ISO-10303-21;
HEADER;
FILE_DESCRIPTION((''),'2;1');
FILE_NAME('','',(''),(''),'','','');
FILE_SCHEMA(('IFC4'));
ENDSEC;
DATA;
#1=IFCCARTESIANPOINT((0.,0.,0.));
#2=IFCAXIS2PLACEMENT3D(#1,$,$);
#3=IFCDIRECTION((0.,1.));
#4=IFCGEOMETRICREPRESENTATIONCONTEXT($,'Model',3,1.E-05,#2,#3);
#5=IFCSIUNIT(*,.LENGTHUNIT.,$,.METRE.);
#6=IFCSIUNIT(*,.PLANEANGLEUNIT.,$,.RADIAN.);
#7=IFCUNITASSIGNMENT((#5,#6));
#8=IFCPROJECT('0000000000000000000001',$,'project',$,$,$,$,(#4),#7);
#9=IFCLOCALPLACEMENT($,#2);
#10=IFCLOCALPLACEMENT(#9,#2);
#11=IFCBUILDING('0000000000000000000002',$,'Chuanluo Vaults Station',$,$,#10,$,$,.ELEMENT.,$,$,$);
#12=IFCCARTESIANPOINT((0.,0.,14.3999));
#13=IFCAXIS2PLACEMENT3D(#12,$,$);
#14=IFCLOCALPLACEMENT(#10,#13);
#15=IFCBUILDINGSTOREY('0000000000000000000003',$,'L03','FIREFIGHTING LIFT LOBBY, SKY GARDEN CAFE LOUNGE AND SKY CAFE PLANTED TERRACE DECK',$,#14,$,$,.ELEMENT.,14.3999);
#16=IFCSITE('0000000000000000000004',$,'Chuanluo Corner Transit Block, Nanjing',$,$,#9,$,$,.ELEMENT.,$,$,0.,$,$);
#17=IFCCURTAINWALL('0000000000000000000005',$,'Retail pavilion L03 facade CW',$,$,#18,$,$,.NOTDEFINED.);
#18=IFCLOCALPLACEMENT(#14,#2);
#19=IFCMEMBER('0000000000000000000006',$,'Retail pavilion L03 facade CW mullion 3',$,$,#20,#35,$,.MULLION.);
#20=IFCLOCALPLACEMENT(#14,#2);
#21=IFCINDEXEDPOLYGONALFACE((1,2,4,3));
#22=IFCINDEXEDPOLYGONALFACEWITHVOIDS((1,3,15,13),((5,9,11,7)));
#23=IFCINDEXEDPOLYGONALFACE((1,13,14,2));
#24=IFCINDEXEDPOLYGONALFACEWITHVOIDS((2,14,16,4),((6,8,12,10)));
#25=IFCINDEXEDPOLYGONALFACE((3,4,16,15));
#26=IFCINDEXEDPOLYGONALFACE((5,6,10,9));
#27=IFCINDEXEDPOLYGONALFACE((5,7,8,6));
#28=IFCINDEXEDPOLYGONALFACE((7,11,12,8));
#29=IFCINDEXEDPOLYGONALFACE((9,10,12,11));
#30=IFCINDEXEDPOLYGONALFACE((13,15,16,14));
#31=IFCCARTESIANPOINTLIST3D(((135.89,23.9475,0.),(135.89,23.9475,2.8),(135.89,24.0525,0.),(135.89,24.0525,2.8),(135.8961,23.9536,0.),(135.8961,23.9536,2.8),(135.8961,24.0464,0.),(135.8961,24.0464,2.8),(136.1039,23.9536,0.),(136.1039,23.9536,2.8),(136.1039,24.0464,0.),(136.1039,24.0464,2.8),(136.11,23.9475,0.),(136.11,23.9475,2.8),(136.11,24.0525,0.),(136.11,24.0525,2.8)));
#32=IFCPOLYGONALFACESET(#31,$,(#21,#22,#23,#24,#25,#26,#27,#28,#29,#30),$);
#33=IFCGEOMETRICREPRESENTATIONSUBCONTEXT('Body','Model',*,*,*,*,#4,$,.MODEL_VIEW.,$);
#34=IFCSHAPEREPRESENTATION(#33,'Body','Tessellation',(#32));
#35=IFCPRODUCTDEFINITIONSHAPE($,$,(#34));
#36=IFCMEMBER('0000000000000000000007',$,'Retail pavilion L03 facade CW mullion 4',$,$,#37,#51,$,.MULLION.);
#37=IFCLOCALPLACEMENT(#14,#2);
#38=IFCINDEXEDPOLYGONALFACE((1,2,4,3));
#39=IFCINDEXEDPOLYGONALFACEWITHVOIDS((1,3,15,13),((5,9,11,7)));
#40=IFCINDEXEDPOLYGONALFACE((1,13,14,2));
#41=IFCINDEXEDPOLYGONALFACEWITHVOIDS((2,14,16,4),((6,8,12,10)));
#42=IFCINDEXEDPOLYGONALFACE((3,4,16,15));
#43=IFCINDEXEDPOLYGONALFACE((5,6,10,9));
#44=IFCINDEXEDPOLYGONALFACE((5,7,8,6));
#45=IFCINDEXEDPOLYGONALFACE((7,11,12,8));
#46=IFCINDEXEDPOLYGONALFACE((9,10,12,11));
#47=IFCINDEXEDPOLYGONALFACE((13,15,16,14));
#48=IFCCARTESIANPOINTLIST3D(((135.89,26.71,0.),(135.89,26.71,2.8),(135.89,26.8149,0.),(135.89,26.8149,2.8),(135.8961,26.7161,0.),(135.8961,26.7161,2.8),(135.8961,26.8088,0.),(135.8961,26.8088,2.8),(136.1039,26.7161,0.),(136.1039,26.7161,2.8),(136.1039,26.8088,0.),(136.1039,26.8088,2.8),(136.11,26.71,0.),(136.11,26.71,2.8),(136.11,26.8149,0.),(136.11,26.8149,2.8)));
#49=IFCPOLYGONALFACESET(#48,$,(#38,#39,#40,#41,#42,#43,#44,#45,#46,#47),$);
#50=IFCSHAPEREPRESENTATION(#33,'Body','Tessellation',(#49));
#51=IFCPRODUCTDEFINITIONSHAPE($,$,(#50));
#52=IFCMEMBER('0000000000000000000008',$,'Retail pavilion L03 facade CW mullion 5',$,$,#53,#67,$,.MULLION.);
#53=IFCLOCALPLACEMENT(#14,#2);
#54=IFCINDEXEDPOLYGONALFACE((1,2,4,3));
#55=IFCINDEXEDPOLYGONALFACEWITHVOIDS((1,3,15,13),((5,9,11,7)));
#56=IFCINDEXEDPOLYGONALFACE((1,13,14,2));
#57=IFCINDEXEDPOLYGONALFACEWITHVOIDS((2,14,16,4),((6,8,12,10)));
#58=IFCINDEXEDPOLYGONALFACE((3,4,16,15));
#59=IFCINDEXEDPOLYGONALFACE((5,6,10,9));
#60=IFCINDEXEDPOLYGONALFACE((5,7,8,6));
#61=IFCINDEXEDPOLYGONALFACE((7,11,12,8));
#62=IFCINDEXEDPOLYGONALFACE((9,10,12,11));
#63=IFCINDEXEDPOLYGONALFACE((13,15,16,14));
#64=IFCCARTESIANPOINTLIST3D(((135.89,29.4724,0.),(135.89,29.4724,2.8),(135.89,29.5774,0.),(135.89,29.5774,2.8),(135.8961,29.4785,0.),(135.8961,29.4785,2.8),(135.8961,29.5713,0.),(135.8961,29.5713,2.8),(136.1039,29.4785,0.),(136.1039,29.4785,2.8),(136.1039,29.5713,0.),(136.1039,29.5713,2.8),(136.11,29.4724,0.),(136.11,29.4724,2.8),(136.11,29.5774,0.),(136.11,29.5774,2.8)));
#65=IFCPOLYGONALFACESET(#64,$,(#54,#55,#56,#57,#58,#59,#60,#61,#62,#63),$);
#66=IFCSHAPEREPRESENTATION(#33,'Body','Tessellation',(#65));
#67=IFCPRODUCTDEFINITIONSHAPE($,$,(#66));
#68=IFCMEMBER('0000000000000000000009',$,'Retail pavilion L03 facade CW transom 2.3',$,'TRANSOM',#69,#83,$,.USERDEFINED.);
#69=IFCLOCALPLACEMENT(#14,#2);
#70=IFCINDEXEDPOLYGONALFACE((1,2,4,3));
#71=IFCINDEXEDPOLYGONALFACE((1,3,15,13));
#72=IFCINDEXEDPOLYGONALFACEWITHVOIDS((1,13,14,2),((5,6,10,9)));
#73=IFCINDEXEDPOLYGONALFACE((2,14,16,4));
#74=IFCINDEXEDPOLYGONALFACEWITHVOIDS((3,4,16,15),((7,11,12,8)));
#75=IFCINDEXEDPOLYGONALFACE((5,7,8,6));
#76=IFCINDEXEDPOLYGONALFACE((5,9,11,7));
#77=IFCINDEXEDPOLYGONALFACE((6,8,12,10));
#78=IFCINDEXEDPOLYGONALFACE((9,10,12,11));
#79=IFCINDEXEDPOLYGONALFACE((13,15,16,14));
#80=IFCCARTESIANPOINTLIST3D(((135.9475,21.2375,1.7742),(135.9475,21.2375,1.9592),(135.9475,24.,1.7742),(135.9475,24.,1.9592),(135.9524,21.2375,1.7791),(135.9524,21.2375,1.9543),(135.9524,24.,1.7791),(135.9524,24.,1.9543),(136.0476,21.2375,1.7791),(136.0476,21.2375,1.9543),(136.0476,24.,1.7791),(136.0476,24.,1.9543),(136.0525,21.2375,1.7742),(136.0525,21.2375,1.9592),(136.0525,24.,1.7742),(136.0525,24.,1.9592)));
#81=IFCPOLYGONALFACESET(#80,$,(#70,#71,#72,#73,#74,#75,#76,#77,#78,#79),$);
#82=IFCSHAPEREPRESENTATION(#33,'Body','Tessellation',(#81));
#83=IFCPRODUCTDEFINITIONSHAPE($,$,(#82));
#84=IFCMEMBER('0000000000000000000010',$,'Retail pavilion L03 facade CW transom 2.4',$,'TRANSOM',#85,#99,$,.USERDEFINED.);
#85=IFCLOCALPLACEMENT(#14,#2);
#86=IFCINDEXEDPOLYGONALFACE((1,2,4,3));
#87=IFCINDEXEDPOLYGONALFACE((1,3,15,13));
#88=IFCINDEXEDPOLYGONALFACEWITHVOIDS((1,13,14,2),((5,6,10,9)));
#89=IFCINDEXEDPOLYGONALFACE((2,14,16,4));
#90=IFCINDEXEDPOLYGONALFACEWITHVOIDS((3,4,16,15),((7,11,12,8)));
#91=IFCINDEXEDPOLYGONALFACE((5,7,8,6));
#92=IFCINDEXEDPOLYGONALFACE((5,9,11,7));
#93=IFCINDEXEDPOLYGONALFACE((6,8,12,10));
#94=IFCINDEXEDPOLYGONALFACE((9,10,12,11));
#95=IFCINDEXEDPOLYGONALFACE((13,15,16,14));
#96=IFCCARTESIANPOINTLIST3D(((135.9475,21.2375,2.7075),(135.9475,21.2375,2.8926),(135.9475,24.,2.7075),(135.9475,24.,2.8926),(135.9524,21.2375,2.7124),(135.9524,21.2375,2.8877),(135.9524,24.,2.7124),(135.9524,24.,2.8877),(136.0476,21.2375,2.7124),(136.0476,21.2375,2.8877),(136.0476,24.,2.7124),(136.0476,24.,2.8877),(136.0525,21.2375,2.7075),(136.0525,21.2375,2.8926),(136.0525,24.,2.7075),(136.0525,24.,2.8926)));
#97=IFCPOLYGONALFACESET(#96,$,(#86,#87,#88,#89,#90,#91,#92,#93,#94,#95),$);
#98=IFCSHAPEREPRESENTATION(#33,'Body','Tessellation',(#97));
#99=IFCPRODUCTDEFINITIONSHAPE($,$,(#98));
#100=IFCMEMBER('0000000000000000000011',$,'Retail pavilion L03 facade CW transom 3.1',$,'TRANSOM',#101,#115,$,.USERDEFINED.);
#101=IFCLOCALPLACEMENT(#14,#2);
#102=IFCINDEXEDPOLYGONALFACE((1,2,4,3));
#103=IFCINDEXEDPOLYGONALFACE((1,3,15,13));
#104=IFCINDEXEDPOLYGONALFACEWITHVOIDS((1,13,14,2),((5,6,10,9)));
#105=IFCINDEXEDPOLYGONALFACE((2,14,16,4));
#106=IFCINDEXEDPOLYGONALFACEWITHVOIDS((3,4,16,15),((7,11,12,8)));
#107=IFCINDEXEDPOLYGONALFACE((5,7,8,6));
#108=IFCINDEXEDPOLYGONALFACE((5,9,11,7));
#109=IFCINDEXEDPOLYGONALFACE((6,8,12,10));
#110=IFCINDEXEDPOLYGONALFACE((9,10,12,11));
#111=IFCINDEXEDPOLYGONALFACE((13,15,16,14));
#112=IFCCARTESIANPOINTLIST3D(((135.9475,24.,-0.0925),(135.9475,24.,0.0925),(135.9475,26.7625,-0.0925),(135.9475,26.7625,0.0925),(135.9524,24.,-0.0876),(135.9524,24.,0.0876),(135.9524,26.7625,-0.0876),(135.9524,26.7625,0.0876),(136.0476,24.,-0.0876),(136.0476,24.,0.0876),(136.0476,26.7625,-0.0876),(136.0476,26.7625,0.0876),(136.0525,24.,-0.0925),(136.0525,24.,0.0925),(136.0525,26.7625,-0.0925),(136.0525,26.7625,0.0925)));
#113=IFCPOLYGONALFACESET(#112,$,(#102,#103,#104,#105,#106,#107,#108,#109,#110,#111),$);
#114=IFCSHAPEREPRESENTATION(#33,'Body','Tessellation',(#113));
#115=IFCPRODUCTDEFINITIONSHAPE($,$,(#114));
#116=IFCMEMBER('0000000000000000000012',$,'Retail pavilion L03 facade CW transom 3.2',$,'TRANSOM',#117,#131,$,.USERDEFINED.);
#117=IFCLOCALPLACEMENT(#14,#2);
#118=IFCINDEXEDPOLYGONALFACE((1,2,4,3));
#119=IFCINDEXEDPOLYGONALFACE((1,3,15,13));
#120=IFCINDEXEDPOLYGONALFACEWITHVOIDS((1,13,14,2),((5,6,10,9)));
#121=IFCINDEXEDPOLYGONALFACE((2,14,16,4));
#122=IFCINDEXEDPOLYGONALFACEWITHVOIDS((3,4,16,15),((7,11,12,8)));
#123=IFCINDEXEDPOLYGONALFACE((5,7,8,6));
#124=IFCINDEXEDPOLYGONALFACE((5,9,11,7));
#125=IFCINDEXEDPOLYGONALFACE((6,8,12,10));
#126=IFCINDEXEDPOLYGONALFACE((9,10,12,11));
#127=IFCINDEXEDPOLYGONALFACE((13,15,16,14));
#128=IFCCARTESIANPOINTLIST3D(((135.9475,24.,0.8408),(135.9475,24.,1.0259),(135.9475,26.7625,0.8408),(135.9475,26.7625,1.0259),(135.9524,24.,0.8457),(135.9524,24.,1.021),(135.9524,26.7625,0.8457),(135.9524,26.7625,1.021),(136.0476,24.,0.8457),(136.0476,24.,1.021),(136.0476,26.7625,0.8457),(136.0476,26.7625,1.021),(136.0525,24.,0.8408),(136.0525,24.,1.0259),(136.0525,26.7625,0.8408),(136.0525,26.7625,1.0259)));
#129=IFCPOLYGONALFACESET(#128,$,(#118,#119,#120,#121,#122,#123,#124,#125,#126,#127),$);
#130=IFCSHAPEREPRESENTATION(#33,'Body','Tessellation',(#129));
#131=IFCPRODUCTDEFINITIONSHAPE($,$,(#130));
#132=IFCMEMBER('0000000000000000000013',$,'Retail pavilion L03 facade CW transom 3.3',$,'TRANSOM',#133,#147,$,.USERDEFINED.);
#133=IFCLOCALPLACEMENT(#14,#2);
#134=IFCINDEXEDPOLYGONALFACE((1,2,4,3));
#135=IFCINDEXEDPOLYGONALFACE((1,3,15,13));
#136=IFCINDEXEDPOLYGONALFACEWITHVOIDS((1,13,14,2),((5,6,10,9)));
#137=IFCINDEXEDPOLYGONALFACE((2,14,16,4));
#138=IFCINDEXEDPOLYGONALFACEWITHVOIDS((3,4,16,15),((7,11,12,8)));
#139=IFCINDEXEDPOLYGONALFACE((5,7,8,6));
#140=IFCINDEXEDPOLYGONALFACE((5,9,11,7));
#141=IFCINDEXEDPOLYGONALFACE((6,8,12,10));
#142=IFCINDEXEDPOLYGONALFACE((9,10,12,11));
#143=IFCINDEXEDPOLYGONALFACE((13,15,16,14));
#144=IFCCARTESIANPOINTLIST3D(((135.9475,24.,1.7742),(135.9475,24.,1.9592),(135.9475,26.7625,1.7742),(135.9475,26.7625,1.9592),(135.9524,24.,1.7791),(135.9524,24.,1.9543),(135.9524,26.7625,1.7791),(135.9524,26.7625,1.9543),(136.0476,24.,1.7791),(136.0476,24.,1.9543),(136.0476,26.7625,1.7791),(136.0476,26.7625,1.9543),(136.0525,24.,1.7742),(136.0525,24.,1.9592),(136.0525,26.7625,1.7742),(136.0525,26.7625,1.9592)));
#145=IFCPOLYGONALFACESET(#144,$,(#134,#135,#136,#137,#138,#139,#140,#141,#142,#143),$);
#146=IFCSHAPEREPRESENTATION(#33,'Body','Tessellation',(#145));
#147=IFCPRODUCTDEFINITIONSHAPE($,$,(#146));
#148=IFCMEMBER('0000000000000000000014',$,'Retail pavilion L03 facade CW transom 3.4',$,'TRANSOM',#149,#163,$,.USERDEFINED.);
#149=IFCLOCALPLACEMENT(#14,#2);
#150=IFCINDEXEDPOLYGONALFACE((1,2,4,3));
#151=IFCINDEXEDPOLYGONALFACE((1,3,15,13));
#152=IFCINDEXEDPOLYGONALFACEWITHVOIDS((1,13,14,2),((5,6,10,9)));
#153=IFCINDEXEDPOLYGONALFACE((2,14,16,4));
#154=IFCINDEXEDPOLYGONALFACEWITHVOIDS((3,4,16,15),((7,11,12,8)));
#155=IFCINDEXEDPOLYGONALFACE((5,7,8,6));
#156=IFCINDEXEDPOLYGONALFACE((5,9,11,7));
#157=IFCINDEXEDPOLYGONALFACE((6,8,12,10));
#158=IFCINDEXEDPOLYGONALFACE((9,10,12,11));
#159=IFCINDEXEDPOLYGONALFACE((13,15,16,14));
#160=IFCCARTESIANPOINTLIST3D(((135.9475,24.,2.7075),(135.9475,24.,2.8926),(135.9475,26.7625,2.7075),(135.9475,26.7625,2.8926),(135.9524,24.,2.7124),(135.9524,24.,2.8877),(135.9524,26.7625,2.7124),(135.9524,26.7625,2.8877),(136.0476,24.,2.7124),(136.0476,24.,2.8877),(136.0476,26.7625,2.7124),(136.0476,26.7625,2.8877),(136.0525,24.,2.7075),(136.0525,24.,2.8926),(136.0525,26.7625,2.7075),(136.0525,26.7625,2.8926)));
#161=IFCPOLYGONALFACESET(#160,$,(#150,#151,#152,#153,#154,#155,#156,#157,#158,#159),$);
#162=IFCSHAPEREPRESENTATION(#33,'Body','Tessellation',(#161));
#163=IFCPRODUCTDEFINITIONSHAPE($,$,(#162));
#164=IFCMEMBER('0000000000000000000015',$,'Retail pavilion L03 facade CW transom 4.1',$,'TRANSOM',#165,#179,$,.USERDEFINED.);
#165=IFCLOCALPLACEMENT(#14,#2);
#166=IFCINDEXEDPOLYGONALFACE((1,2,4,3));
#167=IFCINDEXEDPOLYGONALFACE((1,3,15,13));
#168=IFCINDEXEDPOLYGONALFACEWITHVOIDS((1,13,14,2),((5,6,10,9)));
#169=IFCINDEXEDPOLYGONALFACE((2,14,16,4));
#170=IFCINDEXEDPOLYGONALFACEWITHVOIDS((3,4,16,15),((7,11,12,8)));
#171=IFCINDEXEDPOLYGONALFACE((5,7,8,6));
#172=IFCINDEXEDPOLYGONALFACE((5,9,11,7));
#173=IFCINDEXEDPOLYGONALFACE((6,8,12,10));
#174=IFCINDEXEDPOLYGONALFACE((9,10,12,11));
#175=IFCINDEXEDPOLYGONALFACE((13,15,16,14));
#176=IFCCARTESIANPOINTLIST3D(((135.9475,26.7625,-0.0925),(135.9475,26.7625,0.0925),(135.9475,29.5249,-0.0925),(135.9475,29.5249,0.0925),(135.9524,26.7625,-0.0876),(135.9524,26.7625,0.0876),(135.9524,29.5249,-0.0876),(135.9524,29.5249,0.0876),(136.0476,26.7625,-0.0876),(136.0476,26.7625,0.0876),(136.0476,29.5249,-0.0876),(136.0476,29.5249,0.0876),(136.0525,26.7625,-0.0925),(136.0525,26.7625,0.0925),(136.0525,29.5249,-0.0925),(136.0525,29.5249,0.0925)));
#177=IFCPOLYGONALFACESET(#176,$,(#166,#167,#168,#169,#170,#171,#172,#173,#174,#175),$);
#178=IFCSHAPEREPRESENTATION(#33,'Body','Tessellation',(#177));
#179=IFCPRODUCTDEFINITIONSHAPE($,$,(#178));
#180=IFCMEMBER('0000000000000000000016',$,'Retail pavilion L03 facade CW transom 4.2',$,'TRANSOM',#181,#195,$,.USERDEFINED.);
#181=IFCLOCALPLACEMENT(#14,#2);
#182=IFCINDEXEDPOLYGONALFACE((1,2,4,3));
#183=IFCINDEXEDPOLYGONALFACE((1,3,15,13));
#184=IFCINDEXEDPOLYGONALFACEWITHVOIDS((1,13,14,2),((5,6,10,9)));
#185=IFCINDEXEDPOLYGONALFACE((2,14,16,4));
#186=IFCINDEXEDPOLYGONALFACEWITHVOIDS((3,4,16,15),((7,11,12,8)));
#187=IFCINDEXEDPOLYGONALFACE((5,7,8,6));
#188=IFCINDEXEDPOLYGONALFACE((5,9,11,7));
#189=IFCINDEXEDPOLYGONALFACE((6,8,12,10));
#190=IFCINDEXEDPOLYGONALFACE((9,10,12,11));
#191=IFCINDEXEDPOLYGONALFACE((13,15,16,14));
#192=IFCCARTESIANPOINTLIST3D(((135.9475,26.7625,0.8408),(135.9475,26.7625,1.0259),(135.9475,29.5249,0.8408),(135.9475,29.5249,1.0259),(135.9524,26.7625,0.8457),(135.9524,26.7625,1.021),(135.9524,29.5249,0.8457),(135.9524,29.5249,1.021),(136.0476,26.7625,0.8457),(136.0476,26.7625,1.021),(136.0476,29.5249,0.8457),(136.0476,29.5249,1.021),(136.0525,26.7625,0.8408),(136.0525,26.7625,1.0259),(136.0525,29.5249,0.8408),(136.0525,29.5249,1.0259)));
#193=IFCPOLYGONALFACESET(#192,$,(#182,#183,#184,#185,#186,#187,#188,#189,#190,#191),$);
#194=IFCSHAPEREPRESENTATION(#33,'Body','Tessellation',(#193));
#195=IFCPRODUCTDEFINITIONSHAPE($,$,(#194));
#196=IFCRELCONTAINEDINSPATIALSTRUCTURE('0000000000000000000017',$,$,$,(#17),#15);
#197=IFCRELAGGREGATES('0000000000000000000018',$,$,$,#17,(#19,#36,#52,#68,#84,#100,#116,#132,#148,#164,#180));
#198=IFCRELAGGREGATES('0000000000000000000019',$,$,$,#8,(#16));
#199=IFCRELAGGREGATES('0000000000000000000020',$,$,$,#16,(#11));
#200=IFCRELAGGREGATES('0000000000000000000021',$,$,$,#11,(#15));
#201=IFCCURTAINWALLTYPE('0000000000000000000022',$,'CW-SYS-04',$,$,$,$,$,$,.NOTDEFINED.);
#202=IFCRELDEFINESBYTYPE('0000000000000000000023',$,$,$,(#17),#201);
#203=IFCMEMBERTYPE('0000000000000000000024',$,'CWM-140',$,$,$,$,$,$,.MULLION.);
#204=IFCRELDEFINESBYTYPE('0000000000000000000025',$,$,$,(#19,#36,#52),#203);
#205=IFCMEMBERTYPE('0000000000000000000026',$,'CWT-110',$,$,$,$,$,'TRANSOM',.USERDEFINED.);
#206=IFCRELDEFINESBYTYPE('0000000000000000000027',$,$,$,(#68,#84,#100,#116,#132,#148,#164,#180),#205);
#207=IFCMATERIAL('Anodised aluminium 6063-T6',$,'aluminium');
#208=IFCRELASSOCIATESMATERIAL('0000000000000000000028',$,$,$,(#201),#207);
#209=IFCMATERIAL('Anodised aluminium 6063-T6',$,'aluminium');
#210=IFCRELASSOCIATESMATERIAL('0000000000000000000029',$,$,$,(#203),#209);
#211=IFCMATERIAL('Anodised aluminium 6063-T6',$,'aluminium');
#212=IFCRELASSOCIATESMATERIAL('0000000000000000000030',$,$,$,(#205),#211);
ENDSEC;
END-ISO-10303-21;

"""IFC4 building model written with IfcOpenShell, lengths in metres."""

from ifc_helpers import new_model, si_unit, direction, frame, origin, origin_2d, place, context, subcontext, project, spatial, hollow_rectangle, extrude, material, material_profile, profile_set, type_object, element, aggregate, save


model = new_model("IFC4")

# Units and contexts
model_context = context("Model", 3, precision=1e-05, world=origin(), true_north=direction((0.0, 1.0)))
body_context = subcontext(model_context, "Body", "Model", "MODEL_VIEW")
ifc_project = project(units=[si_unit("LENGTHUNIT", "METRE"), si_unit("PLANEANGLEUNIT", "RADIAN")], contexts=[model_context])

# Site, building, storey
site_placement = place(None, origin())
site = spatial("IfcSite", under=ifc_project, at=site_placement, Name="Chuanluo Corner Transit Block, Nanjing", CompositionType="ELEMENT", RefElevation=0.0)
building_placement = place(site_placement, origin())
building = spatial("IfcBuilding", under=site, at=building_placement, Name="Chuanluo Vaults Station", CompositionType="ELEMENT")
storey_placement = place(building_placement, frame((0.0, 0.0, 14.3999)))
storey = spatial("IfcBuildingStorey", under=building, at=storey_placement, Name="L03", Description="FIREFIGHTING LIFT LOBBY, SKY GARDEN CAFE LOUNGE AND SKY CAFE PLANTED TERRACE DECK", CompositionType="ELEMENT", Elevation=14.3999)

# Curtain wall, members
ifc_material_1 = material(Name="Anodised aluminium 6063-T6", Category="aluminium")
curtain_wall_type = type_object("IfcCurtainWallType", Name="CW-SYS-04", PredefinedType="NOTDEFINED", material=ifc_material_1)
curtain_wall_placement = place(storey_placement, origin())
curtain_wall = element("IfcCurtainWall", 1, at=curtain_wall_placement, inside=storey, type_object=curtain_wall_type, Name="Retail pavilion L03 facade CW", PredefinedType="NOTDEFINED")
ifc_material_2 = material(Name="Anodised aluminium 6063-T6", Category="aluminium")
ifc_material_profile_1 = material_profile(ifc_material_2, hollow_rectangle(XDim=0.105, YDim=0.22, WallThickness=0.0061, at=origin_2d()))
ifc_profile_set_1 = profile_set([ifc_material_profile_1], Name="Anodised aluminium 6063-T6")
member_type_1 = type_object("IfcMemberType", Name="CWM-140", PredefinedType="MULLION", material=ifc_profile_set_1)
member_1_placement = place(storey_placement, frame((136.0, 24.0, 0.0), z_axis=(0.0, 0.0, 1.0), x_axis=(0.0, 1.0, 0.0)))
member_1 = element("IfcMember", 2, at=member_1_placement, type_object=member_type_1, Name="Retail pavilion L03 facade CW mullion 3", PredefinedType="MULLION", context=body_context, shape_type="SweptSolid", body=[
    extrude(hollow_rectangle(XDim=0.105, YDim=0.22, WallThickness=0.0061, at=origin_2d()), origin(), (0.0, 0.0, 1.0), 2.8),
])
member_2_placement = place(storey_placement, frame((136.0, 26.7625, 0.0), z_axis=(0.0, 0.0, 1.0), x_axis=(0.0, 1.0, 0.0)))
member_2 = element("IfcMember", 3, at=member_2_placement, type_object=member_type_1, Name="Retail pavilion L03 facade CW mullion 4", PredefinedType="MULLION", context=body_context, shape_type="SweptSolid", body=[
    extrude(hollow_rectangle(XDim=0.105, YDim=0.22, WallThickness=0.0061, at=origin_2d()), origin(), (0.0, 0.0, 1.0), 2.8),
])
member_3_placement = place(storey_placement, frame((136.0, 29.5249, 0.0), z_axis=(0.0, 0.0, 1.0), x_axis=(0.0, 1.0, 0.0)))
member_3 = element("IfcMember", 4, at=member_3_placement, type_object=member_type_1, Name="Retail pavilion L03 facade CW mullion 5", PredefinedType="MULLION", context=body_context, shape_type="SweptSolid", body=[
    extrude(hollow_rectangle(XDim=0.105, YDim=0.22, WallThickness=0.0061, at=origin_2d()), origin(), (0.0, 0.0, 1.0), 2.8),
])
ifc_material_3 = material(Name="Anodised aluminium 6063-T6", Category="aluminium")
ifc_material_profile_2 = material_profile(ifc_material_3, hollow_rectangle(XDim=0.105, YDim=0.1851, WallThickness=0.0049, at=origin_2d()))
ifc_profile_set_2 = profile_set([ifc_material_profile_2], Name="Anodised aluminium 6063-T6")
member_type_2 = type_object("IfcMemberType", Name="CWT-110", ElementType="TRANSOM", PredefinedType="USERDEFINED", material=ifc_profile_set_2)
member_4_placement = place(storey_placement, frame((136.0, 21.2375, 1.8667), z_axis=(0.0, 1.0, 0.0), x_axis=(-1.0, 0.0, 0.0)))
member_4 = element("IfcMember", 5, at=member_4_placement, type_object=member_type_2, Name="Retail pavilion L03 facade CW transom 2.3", ObjectType="TRANSOM", PredefinedType="USERDEFINED", context=body_context, shape_type="SweptSolid", body=[
    extrude(hollow_rectangle(XDim=0.105, YDim=0.1851, WallThickness=0.0049, at=origin_2d()), origin(), (0.0, 0.0, 1.0), 2.7625),
])
member_5_placement = place(storey_placement, frame((136.0, 21.2375, 2.8), z_axis=(0.0, 1.0, 0.0), x_axis=(-1.0, 0.0, 0.0)))
member_5 = element("IfcMember", 6, at=member_5_placement, type_object=member_type_2, Name="Retail pavilion L03 facade CW transom 2.4", ObjectType="TRANSOM", PredefinedType="USERDEFINED", context=body_context, shape_type="SweptSolid", body=[
    extrude(hollow_rectangle(XDim=0.105, YDim=0.1851, WallThickness=0.0049, at=origin_2d()), origin(), (0.0, 0.0, 1.0), 2.7625),
])
member_6_placement = place(storey_placement, frame((136.0, 24.0, 0.0), z_axis=(0.0, 1.0, 0.0), x_axis=(-1.0, 0.0, 0.0)))
member_6 = element("IfcMember", 7, at=member_6_placement, type_object=member_type_2, Name="Retail pavilion L03 facade CW transom 3.1", ObjectType="TRANSOM", PredefinedType="USERDEFINED", context=body_context, shape_type="SweptSolid", body=[
    extrude(hollow_rectangle(XDim=0.105, YDim=0.1851, WallThickness=0.0049, at=origin_2d()), origin(), (0.0, 0.0, 1.0), 2.7625),
])
member_7_placement = place(storey_placement, frame((136.0, 24.0, 0.9333), z_axis=(0.0, 1.0, 0.0), x_axis=(-1.0, 0.0, 0.0)))
member_7 = element("IfcMember", 8, at=member_7_placement, type_object=member_type_2, Name="Retail pavilion L03 facade CW transom 3.2", ObjectType="TRANSOM", PredefinedType="USERDEFINED", context=body_context, shape_type="SweptSolid", body=[
    extrude(hollow_rectangle(XDim=0.105, YDim=0.1851, WallThickness=0.0049, at=origin_2d()), origin(), (0.0, 0.0, 1.0), 2.7625),
])
member_8_placement = place(storey_placement, frame((136.0, 24.0, 1.8667), z_axis=(0.0, 1.0, 0.0), x_axis=(-1.0, 0.0, 0.0)))
member_8 = element("IfcMember", 9, at=member_8_placement, type_object=member_type_2, Name="Retail pavilion L03 facade CW transom 3.3", ObjectType="TRANSOM", PredefinedType="USERDEFINED", context=body_context, shape_type="SweptSolid", body=[
    extrude(hollow_rectangle(XDim=0.105, YDim=0.1851, WallThickness=0.0049, at=origin_2d()), origin(), (0.0, 0.0, 1.0), 2.7625),
])
member_9_placement = place(storey_placement, frame((136.0, 24.0, 2.8), z_axis=(0.0, 1.0, 0.0), x_axis=(-1.0, 0.0, 0.0)))
member_9 = element("IfcMember", 10, at=member_9_placement, type_object=member_type_2, Name="Retail pavilion L03 facade CW transom 3.4", ObjectType="TRANSOM", PredefinedType="USERDEFINED", context=body_context, shape_type="SweptSolid", body=[
    extrude(hollow_rectangle(XDim=0.105, YDim=0.1851, WallThickness=0.0049, at=origin_2d()), origin(), (0.0, 0.0, 1.0), 2.7625),
])
member_10_placement = place(storey_placement, frame((136.0, 26.7625, 0.0), z_axis=(0.0, 1.0, 0.0), x_axis=(-1.0, 0.0, 0.0)))
member_10 = element("IfcMember", 11, at=member_10_placement, type_object=member_type_2, Name="Retail pavilion L03 facade CW transom 4.1", ObjectType="TRANSOM", PredefinedType="USERDEFINED", context=body_context, shape_type="SweptSolid", body=[
    extrude(hollow_rectangle(XDim=0.105, YDim=0.1851, WallThickness=0.0049, at=origin_2d()), origin(), (0.0, 0.0, 1.0), 2.7625),
])
member_11_placement = place(storey_placement, frame((136.0, 26.7625, 0.9333), z_axis=(0.0, 1.0, 0.0), x_axis=(-1.0, 0.0, 0.0)))
member_11 = element("IfcMember", 12, at=member_11_placement, type_object=member_type_2, Name="Retail pavilion L03 facade CW transom 4.2", ObjectType="TRANSOM", PredefinedType="USERDEFINED", context=body_context, shape_type="SweptSolid", body=[
    extrude(hollow_rectangle(XDim=0.105, YDim=0.1851, WallThickness=0.0049, at=origin_2d()), origin(), (0.0, 0.0, 1.0), 2.7625),
])
aggregate(curtain_wall, [member_1, member_2, member_3, member_4, member_5, member_6, member_7, member_8, member_9, member_10, member_11])

save(model, "model.ifc")
